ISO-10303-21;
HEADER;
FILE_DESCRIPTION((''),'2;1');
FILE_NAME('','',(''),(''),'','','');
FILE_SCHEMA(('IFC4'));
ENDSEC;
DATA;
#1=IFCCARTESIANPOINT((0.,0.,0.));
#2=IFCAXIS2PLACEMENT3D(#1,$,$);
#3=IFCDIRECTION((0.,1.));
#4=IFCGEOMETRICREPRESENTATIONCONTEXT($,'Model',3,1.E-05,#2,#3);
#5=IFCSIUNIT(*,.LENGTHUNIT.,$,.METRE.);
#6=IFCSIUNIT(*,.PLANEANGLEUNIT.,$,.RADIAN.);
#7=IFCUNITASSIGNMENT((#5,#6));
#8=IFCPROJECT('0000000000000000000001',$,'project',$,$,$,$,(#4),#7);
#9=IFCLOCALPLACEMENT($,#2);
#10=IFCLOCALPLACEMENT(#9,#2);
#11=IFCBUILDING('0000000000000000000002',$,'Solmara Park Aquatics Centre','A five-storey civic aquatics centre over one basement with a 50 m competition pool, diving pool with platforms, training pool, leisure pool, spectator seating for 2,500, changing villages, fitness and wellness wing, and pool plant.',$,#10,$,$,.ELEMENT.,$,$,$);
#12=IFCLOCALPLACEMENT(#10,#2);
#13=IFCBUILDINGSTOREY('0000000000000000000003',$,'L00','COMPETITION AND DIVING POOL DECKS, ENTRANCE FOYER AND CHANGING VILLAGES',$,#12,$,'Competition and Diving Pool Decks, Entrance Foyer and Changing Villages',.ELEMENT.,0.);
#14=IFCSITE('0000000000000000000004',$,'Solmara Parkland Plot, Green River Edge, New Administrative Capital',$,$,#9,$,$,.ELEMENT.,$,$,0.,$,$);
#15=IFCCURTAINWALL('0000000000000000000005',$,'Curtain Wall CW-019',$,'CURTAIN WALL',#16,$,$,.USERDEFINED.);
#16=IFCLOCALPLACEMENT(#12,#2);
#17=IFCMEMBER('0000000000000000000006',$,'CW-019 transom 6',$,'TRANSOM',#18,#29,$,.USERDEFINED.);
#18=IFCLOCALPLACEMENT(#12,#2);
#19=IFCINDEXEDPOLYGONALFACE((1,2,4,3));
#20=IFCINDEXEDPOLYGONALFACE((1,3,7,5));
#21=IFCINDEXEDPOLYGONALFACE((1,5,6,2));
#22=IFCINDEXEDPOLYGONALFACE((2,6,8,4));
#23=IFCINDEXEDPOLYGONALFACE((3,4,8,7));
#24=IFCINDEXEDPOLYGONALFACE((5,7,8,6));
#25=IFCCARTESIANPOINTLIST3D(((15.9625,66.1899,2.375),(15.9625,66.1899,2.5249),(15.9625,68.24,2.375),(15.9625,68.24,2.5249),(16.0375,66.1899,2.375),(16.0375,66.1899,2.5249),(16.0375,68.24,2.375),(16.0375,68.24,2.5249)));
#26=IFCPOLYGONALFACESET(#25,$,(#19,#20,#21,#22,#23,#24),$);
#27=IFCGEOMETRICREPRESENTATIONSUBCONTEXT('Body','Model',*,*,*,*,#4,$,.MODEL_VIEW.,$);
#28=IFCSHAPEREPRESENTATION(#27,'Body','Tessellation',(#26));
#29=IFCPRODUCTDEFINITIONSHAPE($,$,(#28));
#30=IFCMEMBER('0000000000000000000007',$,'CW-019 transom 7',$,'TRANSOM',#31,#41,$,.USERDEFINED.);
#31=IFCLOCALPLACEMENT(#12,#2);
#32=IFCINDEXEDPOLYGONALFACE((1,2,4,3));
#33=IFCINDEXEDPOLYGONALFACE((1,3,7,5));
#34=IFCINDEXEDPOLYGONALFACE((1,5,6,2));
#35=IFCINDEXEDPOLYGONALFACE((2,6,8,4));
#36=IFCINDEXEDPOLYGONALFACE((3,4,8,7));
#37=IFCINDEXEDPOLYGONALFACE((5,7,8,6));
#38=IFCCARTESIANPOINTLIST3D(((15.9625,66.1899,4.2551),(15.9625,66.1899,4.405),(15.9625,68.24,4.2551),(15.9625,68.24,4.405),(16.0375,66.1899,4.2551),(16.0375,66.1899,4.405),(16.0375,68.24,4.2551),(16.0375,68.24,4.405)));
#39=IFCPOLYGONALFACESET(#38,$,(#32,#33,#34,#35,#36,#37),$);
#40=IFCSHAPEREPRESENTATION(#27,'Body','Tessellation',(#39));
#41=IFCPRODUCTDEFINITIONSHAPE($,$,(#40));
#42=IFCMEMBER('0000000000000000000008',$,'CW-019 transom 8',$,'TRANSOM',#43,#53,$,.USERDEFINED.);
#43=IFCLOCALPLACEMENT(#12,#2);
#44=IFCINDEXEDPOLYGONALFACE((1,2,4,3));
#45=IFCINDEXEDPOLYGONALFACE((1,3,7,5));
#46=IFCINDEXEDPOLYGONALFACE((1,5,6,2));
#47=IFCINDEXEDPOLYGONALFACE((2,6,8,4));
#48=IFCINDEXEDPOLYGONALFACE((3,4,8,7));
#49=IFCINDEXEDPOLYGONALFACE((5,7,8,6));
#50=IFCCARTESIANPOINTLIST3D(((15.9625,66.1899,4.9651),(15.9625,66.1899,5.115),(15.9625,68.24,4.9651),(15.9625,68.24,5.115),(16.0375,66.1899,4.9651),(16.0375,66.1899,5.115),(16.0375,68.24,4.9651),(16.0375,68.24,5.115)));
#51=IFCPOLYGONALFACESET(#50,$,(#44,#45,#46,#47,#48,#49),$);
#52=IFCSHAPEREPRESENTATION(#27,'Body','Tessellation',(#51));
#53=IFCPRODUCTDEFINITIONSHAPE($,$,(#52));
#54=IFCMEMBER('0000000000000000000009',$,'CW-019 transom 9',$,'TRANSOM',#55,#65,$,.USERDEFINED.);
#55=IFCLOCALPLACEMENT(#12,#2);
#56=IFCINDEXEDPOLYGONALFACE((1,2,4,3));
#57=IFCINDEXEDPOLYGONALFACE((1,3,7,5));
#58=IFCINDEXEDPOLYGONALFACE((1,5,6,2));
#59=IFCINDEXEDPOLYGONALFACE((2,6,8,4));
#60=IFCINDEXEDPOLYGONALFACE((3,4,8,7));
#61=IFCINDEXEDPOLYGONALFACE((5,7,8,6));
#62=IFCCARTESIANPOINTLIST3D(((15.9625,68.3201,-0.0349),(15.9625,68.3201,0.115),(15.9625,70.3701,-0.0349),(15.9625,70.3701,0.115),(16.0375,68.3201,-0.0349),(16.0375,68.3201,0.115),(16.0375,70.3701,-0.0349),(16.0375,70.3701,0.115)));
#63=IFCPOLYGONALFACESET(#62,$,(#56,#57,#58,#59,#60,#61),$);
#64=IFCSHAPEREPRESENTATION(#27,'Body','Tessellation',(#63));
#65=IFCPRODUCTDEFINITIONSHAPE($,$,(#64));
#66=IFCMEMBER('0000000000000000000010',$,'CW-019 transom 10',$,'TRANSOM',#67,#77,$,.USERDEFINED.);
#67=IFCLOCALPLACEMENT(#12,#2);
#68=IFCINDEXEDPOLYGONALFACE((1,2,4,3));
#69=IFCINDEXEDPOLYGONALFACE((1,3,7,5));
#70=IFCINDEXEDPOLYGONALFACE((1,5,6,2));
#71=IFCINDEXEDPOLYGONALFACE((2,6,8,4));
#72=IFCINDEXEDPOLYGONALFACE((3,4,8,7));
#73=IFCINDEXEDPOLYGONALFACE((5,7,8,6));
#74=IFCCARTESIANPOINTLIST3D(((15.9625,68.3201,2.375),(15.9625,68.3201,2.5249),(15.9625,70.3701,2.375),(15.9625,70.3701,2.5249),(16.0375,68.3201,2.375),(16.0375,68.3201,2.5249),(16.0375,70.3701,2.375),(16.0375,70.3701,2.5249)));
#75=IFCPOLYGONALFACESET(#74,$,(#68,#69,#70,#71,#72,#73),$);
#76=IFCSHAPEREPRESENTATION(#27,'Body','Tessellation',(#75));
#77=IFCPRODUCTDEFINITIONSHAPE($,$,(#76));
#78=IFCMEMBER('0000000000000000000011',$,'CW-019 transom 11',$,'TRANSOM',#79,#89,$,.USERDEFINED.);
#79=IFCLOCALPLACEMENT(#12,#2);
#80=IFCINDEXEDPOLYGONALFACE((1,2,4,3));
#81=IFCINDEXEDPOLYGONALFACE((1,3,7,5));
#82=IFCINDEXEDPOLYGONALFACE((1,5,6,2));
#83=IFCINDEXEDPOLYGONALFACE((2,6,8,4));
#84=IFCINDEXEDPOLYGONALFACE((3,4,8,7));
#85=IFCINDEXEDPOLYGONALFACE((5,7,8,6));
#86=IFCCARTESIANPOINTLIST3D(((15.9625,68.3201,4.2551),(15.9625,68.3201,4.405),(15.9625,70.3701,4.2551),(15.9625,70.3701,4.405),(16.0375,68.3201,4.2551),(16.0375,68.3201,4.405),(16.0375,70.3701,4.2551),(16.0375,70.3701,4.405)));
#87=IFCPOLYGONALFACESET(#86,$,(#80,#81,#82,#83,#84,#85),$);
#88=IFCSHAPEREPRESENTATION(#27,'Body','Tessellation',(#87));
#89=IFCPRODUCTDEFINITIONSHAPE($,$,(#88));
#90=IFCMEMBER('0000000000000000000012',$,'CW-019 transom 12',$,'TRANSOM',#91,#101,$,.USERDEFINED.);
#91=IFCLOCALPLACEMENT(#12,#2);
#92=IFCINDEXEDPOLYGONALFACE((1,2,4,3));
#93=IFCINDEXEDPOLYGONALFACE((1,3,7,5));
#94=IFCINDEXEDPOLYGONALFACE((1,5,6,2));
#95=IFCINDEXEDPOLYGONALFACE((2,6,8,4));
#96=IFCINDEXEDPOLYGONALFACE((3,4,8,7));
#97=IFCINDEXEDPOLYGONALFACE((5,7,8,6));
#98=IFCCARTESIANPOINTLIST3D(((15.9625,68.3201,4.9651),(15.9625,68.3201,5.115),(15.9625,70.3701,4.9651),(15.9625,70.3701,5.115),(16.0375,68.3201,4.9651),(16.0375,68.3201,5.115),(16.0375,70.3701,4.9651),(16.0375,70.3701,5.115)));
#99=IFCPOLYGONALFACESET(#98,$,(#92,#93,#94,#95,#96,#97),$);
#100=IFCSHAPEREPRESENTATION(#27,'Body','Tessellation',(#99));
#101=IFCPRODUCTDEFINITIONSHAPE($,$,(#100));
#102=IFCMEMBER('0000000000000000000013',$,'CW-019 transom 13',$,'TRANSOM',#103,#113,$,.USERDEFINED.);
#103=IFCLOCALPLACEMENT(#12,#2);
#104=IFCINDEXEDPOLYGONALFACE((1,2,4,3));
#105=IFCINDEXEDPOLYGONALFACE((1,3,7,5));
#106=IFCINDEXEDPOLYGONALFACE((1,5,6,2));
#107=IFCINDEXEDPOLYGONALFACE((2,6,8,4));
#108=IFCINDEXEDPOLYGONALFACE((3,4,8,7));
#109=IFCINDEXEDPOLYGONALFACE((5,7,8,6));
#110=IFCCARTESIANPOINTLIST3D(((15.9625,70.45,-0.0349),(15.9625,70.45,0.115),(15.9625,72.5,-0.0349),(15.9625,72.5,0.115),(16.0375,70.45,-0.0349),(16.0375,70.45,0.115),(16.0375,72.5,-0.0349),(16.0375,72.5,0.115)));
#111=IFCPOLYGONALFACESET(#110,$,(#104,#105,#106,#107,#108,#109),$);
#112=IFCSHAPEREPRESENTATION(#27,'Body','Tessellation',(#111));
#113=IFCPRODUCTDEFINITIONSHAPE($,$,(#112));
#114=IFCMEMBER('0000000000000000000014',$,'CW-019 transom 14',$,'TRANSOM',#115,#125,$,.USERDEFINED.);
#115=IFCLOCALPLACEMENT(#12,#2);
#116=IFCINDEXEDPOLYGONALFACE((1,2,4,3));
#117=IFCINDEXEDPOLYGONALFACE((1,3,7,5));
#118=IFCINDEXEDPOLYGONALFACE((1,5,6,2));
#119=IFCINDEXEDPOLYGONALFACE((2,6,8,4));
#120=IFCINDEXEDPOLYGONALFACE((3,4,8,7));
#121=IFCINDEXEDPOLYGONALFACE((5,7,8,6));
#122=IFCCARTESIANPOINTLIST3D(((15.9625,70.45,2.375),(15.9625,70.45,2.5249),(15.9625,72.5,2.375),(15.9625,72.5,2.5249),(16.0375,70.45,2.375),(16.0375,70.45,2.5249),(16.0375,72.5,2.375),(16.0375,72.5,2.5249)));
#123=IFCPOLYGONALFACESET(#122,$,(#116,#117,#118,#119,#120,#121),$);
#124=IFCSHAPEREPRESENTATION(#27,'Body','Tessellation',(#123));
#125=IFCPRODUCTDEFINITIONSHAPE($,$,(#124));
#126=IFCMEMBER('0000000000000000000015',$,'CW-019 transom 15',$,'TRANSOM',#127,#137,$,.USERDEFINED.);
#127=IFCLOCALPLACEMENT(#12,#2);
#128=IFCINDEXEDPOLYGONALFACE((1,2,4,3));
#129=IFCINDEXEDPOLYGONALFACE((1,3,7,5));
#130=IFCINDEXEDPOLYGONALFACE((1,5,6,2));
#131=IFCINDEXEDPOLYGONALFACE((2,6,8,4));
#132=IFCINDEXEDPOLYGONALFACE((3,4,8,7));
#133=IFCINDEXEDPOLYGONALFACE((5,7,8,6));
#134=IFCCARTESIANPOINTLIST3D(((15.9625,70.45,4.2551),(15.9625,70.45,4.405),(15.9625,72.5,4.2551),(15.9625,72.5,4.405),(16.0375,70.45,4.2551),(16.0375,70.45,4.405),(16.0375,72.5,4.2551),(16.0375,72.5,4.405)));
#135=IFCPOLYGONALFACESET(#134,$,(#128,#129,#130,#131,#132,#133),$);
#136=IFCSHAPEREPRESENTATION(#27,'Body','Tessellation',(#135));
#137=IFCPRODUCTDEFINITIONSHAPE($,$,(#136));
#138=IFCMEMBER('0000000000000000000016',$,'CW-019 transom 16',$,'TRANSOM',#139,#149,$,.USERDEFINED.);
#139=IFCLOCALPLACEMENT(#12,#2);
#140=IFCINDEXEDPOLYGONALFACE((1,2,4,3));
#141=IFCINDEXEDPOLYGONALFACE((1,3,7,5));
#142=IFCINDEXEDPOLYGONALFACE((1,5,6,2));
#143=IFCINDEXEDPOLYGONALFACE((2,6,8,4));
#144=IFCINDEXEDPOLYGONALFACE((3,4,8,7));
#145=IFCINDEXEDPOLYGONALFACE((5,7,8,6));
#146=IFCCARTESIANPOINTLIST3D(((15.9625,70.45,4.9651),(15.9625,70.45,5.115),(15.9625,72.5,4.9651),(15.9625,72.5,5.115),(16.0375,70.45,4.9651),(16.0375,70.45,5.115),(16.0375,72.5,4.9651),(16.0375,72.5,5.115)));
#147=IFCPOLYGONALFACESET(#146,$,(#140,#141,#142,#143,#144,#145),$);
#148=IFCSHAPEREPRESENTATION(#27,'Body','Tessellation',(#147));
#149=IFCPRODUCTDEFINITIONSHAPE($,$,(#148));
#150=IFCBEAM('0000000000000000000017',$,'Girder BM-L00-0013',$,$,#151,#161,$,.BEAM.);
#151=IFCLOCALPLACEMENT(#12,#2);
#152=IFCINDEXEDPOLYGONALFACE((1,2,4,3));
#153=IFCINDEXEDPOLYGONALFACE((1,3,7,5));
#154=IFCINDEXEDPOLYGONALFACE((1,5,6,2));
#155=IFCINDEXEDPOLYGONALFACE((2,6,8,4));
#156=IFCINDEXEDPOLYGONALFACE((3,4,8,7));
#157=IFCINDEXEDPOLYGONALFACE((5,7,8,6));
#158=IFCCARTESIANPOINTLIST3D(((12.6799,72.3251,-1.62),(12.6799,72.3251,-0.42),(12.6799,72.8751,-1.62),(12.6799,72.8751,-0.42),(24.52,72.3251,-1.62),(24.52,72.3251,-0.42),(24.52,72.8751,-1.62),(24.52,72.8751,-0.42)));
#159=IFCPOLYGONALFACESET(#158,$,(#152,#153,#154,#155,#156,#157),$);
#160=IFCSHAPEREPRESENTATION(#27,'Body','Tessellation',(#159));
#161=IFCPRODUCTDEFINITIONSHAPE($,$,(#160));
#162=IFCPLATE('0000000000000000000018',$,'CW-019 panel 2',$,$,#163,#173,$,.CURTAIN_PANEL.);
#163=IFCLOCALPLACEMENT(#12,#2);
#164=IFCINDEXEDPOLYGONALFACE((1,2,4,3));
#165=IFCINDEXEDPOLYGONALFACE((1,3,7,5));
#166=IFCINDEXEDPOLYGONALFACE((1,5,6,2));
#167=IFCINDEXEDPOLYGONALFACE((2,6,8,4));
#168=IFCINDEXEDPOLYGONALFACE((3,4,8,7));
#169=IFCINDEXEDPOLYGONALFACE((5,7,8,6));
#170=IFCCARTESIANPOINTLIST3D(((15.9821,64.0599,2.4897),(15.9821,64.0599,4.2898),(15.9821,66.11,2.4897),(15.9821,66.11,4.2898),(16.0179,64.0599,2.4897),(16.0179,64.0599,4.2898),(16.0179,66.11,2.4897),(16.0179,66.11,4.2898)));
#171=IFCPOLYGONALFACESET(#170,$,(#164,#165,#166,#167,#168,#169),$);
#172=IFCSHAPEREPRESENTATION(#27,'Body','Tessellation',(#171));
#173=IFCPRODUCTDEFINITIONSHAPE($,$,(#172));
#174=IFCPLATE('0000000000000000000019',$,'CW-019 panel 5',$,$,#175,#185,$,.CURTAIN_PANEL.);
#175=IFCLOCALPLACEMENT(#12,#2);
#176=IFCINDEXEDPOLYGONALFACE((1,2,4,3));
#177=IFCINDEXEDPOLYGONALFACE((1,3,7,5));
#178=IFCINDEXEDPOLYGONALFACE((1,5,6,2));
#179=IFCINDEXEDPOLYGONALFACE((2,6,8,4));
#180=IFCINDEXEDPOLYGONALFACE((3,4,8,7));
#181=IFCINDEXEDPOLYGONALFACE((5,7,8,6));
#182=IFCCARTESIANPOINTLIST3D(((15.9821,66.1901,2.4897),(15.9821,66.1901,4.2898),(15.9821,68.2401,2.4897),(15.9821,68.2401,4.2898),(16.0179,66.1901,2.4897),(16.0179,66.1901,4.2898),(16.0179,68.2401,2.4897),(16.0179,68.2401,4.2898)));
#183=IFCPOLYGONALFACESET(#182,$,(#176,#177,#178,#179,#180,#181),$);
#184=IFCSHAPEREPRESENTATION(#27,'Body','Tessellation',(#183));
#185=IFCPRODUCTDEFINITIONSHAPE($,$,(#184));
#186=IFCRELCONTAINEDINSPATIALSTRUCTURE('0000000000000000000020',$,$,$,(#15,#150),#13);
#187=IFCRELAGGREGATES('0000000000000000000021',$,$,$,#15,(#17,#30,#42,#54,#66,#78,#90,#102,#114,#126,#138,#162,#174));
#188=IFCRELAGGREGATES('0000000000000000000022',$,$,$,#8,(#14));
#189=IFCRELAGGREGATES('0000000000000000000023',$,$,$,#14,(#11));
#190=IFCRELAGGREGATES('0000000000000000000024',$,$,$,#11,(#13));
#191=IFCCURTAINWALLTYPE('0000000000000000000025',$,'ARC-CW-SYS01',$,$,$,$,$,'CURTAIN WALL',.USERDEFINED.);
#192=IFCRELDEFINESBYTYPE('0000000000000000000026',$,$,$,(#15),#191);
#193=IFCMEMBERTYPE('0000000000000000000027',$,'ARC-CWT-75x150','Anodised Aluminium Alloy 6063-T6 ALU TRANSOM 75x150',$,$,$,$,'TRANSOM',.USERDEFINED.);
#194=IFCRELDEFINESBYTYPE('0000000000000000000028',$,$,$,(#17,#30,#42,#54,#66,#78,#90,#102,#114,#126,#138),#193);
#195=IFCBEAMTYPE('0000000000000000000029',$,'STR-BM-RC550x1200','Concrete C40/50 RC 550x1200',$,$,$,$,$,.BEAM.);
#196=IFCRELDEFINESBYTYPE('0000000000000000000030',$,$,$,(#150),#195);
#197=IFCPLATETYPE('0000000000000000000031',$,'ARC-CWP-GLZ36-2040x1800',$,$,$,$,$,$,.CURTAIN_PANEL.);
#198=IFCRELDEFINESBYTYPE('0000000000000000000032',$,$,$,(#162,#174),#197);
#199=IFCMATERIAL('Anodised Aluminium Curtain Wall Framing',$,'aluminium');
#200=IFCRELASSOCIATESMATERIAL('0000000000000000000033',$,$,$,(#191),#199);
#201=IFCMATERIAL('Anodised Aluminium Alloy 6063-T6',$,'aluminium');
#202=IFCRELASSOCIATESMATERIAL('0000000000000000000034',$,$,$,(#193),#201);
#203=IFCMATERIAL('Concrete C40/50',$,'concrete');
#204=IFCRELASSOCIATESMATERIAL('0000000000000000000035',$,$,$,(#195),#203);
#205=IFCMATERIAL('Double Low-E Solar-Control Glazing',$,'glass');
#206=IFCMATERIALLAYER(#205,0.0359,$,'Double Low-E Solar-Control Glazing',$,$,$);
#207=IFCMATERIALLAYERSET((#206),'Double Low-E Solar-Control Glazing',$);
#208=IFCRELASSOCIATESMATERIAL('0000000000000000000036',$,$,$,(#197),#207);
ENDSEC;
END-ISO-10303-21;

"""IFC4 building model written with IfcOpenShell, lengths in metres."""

from ifc_helpers import new_model, si_unit, direction, frame, origin, origin_2d, place, context, subcontext, project, spatial, rectangle, extrude, material, layer, layer_set, material_profile, profile_set, type_object, element, aggregate, save


model = new_model("IFC4")

# Units and contexts
model_context = context("Model", 3, precision=1e-05, world=origin(), true_north=direction((0.0, 1.0)))
body_context = subcontext(model_context, "Body", "Model", "MODEL_VIEW")
ifc_project = project(units=[si_unit("LENGTHUNIT", "METRE"), si_unit("PLANEANGLEUNIT", "RADIAN")], contexts=[model_context])

# Site, building, storey
site_placement = place(None, origin())
site = spatial("IfcSite", under=ifc_project, at=site_placement, Name="Solmara Parkland Plot, Green River Edge, New Administrative Capital", CompositionType="ELEMENT", RefElevation=0.0)
building_placement = place(site_placement, origin())
building = spatial("IfcBuilding", under=site, at=building_placement, Name="Solmara Park Aquatics Centre", Description="A five-storey civic aquatics centre over one basement with a 50 m competition pool, diving pool with platforms, training pool, leisure pool, spectator seating for 2,500, changing villages, fitness and wellness wing, and pool plant.", CompositionType="ELEMENT")
storey_placement = place(building_placement, origin())
storey = spatial("IfcBuildingStorey", under=building, at=storey_placement, Name="L00", Description="COMPETITION AND DIVING POOL DECKS, ENTRANCE FOYER AND CHANGING VILLAGES", LongName="Competition and Diving Pool Decks, Entrance Foyer and Changing Villages", CompositionType="ELEMENT", Elevation=0.0)

# Shared definitions
ifc_material_1 = material(Name="Anodised Aluminium Curtain Wall Framing", Category="aluminium")
curtain_wall_type = type_object("IfcCurtainWallType", Name="ARC-CW-SYS01", ElementType="CURTAIN WALL", PredefinedType="USERDEFINED", material=ifc_material_1)
ifc_material_2 = material(Name="Anodised Aluminium Alloy 6063-T6", Category="aluminium")

# Curtain wall, members
curtain_wall_1_placement = place(storey_placement, origin())
curtain_wall_1 = element("IfcCurtainWall", 1, at=curtain_wall_1_placement, inside=storey, type_object=curtain_wall_type, Name="Curtain Wall CW-019", ObjectType="CURTAIN WALL", PredefinedType="USERDEFINED")
ifc_material_profile_1 = material_profile(ifc_material_2, rectangle(XDim=0.075, YDim=0.1499, at=origin_2d()), Name="ALU TRANSOM 75x150")
ifc_profile_set_1 = profile_set([ifc_material_profile_1], Name="Anodised Aluminium Alloy 6063-T6")
member_type_1 = type_object("IfcMemberType", Name="ARC-CWT-75x150", Description="Anodised Aluminium Alloy 6063-T6 ALU TRANSOM 75x150", ElementType="TRANSOM", PredefinedType="USERDEFINED", material=ifc_profile_set_1)
member_1_placement = place(storey_placement, frame((16.0, 66.1899, 2.45), z_axis=(0.0, 1.0, 0.0), x_axis=(-1.0, 0.0, 0.0)))
member_1 = element("IfcMember", 2, at=member_1_placement, type_object=member_type_1, Name="CW-019 transom 6", ObjectType="TRANSOM", PredefinedType="USERDEFINED", context=body_context, shape_type="SweptSolid", body=[
    extrude(rectangle(XDim=0.075, YDim=0.1499, at=origin_2d()), origin(), (0.0, 0.0, 1.0), 2.05),
])
member_2_placement = place(storey_placement, frame((16.0, 66.1899, 4.3301), z_axis=(0.0, 1.0, 0.0), x_axis=(-1.0, 0.0, 0.0)))
member_2 = element("IfcMember", 3, at=member_2_placement, type_object=member_type_1, Name="CW-019 transom 7", ObjectType="TRANSOM", PredefinedType="USERDEFINED", context=body_context, shape_type="SweptSolid", body=[
    extrude(rectangle(XDim=0.075, YDim=0.1499, at=origin_2d()), origin(), (0.0, 0.0, 1.0), 2.05),
])
member_3_placement = place(storey_placement, frame((16.0, 66.1899, 5.04), z_axis=(0.0, 1.0, 0.0), x_axis=(-1.0, 0.0, 0.0)))
member_3 = element("IfcMember", 4, at=member_3_placement, type_object=member_type_1, Name="CW-019 transom 8", ObjectType="TRANSOM", PredefinedType="USERDEFINED", context=body_context, shape_type="SweptSolid", body=[
    extrude(rectangle(XDim=0.075, YDim=0.1499, at=origin_2d()), origin(), (0.0, 0.0, 1.0), 2.05),
])
member_4_placement = place(storey_placement, frame((16.0, 68.3201, 0.04), z_axis=(0.0, 1.0, 0.0), x_axis=(-1.0, 0.0, 0.0)))
member_4 = element("IfcMember", 5, at=member_4_placement, type_object=member_type_1, Name="CW-019 transom 9", ObjectType="TRANSOM", PredefinedType="USERDEFINED", context=body_context, shape_type="SweptSolid", body=[
    extrude(rectangle(XDim=0.075, YDim=0.1499, at=origin_2d()), origin(), (0.0, 0.0, 1.0), 2.05),
])
member_5_placement = place(storey_placement, frame((16.0, 68.3201, 2.45), z_axis=(0.0, 1.0, 0.0), x_axis=(-1.0, 0.0, 0.0)))
member_5 = element("IfcMember", 6, at=member_5_placement, type_object=member_type_1, Name="CW-019 transom 10", ObjectType="TRANSOM", PredefinedType="USERDEFINED", context=body_context, shape_type="SweptSolid", body=[
    extrude(rectangle(XDim=0.075, YDim=0.1499, at=origin_2d()), origin(), (0.0, 0.0, 1.0), 2.05),
])
member_6_placement = place(storey_placement, frame((16.0, 68.3201, 4.3301), z_axis=(0.0, 1.0, 0.0), x_axis=(-1.0, 0.0, 0.0)))
member_6 = element("IfcMember", 7, at=member_6_placement, type_object=member_type_1, Name="CW-019 transom 11", ObjectType="TRANSOM", PredefinedType="USERDEFINED", context=body_context, shape_type="SweptSolid", body=[
    extrude(rectangle(XDim=0.075, YDim=0.1499, at=origin_2d()), origin(), (0.0, 0.0, 1.0), 2.05),
])
member_7_placement = place(storey_placement, frame((16.0, 68.3201, 5.04), z_axis=(0.0, 1.0, 0.0), x_axis=(-1.0, 0.0, 0.0)))
member_7 = element("IfcMember", 8, at=member_7_placement, type_object=member_type_1, Name="CW-019 transom 12", ObjectType="TRANSOM", PredefinedType="USERDEFINED", context=body_context, shape_type="SweptSolid", body=[
    extrude(rectangle(XDim=0.075, YDim=0.1499, at=origin_2d()), origin(), (0.0, 0.0, 1.0), 2.05),
])
member_8_placement = place(storey_placement, frame((16.0, 70.45, 0.04), z_axis=(0.0, 1.0, 0.0), x_axis=(-1.0, 0.0, 0.0)))
member_8 = element("IfcMember", 9, at=member_8_placement, type_object=member_type_1, Name="CW-019 transom 13", ObjectType="TRANSOM", PredefinedType="USERDEFINED", context=body_context, shape_type="SweptSolid", body=[
    extrude(rectangle(XDim=0.075, YDim=0.1499, at=origin_2d()), origin(), (0.0, 0.0, 1.0), 2.05),
])
member_9_placement = place(storey_placement, frame((16.0, 70.45, 2.45), z_axis=(0.0, 1.0, 0.0), x_axis=(-1.0, 0.0, 0.0)))
member_9 = element("IfcMember", 10, at=member_9_placement, type_object=member_type_1, Name="CW-019 transom 14", ObjectType="TRANSOM", PredefinedType="USERDEFINED", context=body_context, shape_type="SweptSolid", body=[
    extrude(rectangle(XDim=0.075, YDim=0.1499, at=origin_2d()), origin(), (0.0, 0.0, 1.0), 2.05),
])
member_10_placement = place(storey_placement, frame((16.0, 70.45, 4.3301), z_axis=(0.0, 1.0, 0.0), x_axis=(-1.0, 0.0, 0.0)))
member_10 = element("IfcMember", 11, at=member_10_placement, type_object=member_type_1, Name="CW-019 transom 15", ObjectType="TRANSOM", PredefinedType="USERDEFINED", context=body_context, shape_type="SweptSolid", body=[
    extrude(rectangle(XDim=0.075, YDim=0.1499, at=origin_2d()), origin(), (0.0, 0.0, 1.0), 2.05),
])
member_11_placement = place(storey_placement, frame((16.0, 70.45, 5.04), z_axis=(0.0, 1.0, 0.0), x_axis=(-1.0, 0.0, 0.0)))
member_11 = element("IfcMember", 12, at=member_11_placement, type_object=member_type_1, Name="CW-019 transom 16", ObjectType="TRANSOM", PredefinedType="USERDEFINED", context=body_context, shape_type="SweptSolid", body=[
    extrude(rectangle(XDim=0.075, YDim=0.1499, at=origin_2d()), origin(), (0.0, 0.0, 1.0), 2.05),
])

# Beam
ifc_material_3 = material(Name="Concrete C40/50", Category="concrete")
ifc_material_profile_2 = material_profile(ifc_material_3, rectangle(XDim=0.55, YDim=1.2, at=origin_2d()), Name="RC 550x1200")
ifc_profile_set_2 = profile_set([ifc_material_profile_2], Name="Concrete C40/50")
beam_type = type_object("IfcBeamType", Name="STR-BM-RC550x1200", Description="Concrete C40/50 RC 550x1200", PredefinedType="BEAM", material=ifc_profile_set_2)
beam_placement = place(storey_placement, frame((12.6799, 72.6001, -1.02), z_axis=(1.0, 0.0, 0.0), x_axis=(0.0, 1.0, 0.0)))
element("IfcBeam", 13, at=beam_placement, inside=storey, type_object=beam_type, Name="Girder BM-L00-0013", PredefinedType="BEAM", context=body_context, shape_type="SweptSolid", body=[
    extrude(rectangle(XDim=0.55, YDim=1.2, at=origin_2d()), origin(), (0.0, 0.0, 1.0), 11.8401),
])

# Plates
ifc_material_4 = material(Name="Double Low-E Solar-Control Glazing", Category="glass")
ifc_layer_1 = layer(ifc_material_4, 0.0359, Name="Double Low-E Solar-Control Glazing")
ifc_layer_set_1 = layer_set([ifc_layer_1], Name="Double Low-E Solar-Control Glazing")
plate_type_1 = type_object("IfcPlateType", Name="ARC-CWP-GLZ36-2040x1800", PredefinedType="CURTAIN_PANEL", material=ifc_layer_set_1)
plate_1_placement = place(storey_placement, frame((16.0, 65.085, 2.4897), z_axis=(0.0, 0.0, 1.0), x_axis=(0.0, 1.0, 0.0)))
plate_1 = element("IfcPlate", 14, at=plate_1_placement, type_object=plate_type_1, Name="CW-019 panel 2", PredefinedType="CURTAIN_PANEL", context=body_context, shape_type="SweptSolid", body=[
    extrude(rectangle(XDim=2.05, YDim=0.0359, at=origin_2d()), origin(), (0.0, 0.0, 1.0), 1.8),
])
plate_2_placement = place(storey_placement, frame((16.0, 67.2151, 2.4897), z_axis=(0.0, 0.0, 1.0), x_axis=(0.0, 1.0, 0.0)))
plate_2 = element("IfcPlate", 15, at=plate_2_placement, type_object=plate_type_1, Name="CW-019 panel 5", PredefinedType="CURTAIN_PANEL", context=body_context, shape_type="SweptSolid", body=[
    extrude(rectangle(XDim=2.05, YDim=0.0359, at=origin_2d()), origin(), (0.0, 0.0, 1.0), 1.8),
])
aggregate(curtain_wall_1, [member_1, member_2, member_3, member_4, member_5, member_6, member_7, member_8, member_9, member_10, member_11, plate_1, plate_2])

save(model, "model.ifc")
